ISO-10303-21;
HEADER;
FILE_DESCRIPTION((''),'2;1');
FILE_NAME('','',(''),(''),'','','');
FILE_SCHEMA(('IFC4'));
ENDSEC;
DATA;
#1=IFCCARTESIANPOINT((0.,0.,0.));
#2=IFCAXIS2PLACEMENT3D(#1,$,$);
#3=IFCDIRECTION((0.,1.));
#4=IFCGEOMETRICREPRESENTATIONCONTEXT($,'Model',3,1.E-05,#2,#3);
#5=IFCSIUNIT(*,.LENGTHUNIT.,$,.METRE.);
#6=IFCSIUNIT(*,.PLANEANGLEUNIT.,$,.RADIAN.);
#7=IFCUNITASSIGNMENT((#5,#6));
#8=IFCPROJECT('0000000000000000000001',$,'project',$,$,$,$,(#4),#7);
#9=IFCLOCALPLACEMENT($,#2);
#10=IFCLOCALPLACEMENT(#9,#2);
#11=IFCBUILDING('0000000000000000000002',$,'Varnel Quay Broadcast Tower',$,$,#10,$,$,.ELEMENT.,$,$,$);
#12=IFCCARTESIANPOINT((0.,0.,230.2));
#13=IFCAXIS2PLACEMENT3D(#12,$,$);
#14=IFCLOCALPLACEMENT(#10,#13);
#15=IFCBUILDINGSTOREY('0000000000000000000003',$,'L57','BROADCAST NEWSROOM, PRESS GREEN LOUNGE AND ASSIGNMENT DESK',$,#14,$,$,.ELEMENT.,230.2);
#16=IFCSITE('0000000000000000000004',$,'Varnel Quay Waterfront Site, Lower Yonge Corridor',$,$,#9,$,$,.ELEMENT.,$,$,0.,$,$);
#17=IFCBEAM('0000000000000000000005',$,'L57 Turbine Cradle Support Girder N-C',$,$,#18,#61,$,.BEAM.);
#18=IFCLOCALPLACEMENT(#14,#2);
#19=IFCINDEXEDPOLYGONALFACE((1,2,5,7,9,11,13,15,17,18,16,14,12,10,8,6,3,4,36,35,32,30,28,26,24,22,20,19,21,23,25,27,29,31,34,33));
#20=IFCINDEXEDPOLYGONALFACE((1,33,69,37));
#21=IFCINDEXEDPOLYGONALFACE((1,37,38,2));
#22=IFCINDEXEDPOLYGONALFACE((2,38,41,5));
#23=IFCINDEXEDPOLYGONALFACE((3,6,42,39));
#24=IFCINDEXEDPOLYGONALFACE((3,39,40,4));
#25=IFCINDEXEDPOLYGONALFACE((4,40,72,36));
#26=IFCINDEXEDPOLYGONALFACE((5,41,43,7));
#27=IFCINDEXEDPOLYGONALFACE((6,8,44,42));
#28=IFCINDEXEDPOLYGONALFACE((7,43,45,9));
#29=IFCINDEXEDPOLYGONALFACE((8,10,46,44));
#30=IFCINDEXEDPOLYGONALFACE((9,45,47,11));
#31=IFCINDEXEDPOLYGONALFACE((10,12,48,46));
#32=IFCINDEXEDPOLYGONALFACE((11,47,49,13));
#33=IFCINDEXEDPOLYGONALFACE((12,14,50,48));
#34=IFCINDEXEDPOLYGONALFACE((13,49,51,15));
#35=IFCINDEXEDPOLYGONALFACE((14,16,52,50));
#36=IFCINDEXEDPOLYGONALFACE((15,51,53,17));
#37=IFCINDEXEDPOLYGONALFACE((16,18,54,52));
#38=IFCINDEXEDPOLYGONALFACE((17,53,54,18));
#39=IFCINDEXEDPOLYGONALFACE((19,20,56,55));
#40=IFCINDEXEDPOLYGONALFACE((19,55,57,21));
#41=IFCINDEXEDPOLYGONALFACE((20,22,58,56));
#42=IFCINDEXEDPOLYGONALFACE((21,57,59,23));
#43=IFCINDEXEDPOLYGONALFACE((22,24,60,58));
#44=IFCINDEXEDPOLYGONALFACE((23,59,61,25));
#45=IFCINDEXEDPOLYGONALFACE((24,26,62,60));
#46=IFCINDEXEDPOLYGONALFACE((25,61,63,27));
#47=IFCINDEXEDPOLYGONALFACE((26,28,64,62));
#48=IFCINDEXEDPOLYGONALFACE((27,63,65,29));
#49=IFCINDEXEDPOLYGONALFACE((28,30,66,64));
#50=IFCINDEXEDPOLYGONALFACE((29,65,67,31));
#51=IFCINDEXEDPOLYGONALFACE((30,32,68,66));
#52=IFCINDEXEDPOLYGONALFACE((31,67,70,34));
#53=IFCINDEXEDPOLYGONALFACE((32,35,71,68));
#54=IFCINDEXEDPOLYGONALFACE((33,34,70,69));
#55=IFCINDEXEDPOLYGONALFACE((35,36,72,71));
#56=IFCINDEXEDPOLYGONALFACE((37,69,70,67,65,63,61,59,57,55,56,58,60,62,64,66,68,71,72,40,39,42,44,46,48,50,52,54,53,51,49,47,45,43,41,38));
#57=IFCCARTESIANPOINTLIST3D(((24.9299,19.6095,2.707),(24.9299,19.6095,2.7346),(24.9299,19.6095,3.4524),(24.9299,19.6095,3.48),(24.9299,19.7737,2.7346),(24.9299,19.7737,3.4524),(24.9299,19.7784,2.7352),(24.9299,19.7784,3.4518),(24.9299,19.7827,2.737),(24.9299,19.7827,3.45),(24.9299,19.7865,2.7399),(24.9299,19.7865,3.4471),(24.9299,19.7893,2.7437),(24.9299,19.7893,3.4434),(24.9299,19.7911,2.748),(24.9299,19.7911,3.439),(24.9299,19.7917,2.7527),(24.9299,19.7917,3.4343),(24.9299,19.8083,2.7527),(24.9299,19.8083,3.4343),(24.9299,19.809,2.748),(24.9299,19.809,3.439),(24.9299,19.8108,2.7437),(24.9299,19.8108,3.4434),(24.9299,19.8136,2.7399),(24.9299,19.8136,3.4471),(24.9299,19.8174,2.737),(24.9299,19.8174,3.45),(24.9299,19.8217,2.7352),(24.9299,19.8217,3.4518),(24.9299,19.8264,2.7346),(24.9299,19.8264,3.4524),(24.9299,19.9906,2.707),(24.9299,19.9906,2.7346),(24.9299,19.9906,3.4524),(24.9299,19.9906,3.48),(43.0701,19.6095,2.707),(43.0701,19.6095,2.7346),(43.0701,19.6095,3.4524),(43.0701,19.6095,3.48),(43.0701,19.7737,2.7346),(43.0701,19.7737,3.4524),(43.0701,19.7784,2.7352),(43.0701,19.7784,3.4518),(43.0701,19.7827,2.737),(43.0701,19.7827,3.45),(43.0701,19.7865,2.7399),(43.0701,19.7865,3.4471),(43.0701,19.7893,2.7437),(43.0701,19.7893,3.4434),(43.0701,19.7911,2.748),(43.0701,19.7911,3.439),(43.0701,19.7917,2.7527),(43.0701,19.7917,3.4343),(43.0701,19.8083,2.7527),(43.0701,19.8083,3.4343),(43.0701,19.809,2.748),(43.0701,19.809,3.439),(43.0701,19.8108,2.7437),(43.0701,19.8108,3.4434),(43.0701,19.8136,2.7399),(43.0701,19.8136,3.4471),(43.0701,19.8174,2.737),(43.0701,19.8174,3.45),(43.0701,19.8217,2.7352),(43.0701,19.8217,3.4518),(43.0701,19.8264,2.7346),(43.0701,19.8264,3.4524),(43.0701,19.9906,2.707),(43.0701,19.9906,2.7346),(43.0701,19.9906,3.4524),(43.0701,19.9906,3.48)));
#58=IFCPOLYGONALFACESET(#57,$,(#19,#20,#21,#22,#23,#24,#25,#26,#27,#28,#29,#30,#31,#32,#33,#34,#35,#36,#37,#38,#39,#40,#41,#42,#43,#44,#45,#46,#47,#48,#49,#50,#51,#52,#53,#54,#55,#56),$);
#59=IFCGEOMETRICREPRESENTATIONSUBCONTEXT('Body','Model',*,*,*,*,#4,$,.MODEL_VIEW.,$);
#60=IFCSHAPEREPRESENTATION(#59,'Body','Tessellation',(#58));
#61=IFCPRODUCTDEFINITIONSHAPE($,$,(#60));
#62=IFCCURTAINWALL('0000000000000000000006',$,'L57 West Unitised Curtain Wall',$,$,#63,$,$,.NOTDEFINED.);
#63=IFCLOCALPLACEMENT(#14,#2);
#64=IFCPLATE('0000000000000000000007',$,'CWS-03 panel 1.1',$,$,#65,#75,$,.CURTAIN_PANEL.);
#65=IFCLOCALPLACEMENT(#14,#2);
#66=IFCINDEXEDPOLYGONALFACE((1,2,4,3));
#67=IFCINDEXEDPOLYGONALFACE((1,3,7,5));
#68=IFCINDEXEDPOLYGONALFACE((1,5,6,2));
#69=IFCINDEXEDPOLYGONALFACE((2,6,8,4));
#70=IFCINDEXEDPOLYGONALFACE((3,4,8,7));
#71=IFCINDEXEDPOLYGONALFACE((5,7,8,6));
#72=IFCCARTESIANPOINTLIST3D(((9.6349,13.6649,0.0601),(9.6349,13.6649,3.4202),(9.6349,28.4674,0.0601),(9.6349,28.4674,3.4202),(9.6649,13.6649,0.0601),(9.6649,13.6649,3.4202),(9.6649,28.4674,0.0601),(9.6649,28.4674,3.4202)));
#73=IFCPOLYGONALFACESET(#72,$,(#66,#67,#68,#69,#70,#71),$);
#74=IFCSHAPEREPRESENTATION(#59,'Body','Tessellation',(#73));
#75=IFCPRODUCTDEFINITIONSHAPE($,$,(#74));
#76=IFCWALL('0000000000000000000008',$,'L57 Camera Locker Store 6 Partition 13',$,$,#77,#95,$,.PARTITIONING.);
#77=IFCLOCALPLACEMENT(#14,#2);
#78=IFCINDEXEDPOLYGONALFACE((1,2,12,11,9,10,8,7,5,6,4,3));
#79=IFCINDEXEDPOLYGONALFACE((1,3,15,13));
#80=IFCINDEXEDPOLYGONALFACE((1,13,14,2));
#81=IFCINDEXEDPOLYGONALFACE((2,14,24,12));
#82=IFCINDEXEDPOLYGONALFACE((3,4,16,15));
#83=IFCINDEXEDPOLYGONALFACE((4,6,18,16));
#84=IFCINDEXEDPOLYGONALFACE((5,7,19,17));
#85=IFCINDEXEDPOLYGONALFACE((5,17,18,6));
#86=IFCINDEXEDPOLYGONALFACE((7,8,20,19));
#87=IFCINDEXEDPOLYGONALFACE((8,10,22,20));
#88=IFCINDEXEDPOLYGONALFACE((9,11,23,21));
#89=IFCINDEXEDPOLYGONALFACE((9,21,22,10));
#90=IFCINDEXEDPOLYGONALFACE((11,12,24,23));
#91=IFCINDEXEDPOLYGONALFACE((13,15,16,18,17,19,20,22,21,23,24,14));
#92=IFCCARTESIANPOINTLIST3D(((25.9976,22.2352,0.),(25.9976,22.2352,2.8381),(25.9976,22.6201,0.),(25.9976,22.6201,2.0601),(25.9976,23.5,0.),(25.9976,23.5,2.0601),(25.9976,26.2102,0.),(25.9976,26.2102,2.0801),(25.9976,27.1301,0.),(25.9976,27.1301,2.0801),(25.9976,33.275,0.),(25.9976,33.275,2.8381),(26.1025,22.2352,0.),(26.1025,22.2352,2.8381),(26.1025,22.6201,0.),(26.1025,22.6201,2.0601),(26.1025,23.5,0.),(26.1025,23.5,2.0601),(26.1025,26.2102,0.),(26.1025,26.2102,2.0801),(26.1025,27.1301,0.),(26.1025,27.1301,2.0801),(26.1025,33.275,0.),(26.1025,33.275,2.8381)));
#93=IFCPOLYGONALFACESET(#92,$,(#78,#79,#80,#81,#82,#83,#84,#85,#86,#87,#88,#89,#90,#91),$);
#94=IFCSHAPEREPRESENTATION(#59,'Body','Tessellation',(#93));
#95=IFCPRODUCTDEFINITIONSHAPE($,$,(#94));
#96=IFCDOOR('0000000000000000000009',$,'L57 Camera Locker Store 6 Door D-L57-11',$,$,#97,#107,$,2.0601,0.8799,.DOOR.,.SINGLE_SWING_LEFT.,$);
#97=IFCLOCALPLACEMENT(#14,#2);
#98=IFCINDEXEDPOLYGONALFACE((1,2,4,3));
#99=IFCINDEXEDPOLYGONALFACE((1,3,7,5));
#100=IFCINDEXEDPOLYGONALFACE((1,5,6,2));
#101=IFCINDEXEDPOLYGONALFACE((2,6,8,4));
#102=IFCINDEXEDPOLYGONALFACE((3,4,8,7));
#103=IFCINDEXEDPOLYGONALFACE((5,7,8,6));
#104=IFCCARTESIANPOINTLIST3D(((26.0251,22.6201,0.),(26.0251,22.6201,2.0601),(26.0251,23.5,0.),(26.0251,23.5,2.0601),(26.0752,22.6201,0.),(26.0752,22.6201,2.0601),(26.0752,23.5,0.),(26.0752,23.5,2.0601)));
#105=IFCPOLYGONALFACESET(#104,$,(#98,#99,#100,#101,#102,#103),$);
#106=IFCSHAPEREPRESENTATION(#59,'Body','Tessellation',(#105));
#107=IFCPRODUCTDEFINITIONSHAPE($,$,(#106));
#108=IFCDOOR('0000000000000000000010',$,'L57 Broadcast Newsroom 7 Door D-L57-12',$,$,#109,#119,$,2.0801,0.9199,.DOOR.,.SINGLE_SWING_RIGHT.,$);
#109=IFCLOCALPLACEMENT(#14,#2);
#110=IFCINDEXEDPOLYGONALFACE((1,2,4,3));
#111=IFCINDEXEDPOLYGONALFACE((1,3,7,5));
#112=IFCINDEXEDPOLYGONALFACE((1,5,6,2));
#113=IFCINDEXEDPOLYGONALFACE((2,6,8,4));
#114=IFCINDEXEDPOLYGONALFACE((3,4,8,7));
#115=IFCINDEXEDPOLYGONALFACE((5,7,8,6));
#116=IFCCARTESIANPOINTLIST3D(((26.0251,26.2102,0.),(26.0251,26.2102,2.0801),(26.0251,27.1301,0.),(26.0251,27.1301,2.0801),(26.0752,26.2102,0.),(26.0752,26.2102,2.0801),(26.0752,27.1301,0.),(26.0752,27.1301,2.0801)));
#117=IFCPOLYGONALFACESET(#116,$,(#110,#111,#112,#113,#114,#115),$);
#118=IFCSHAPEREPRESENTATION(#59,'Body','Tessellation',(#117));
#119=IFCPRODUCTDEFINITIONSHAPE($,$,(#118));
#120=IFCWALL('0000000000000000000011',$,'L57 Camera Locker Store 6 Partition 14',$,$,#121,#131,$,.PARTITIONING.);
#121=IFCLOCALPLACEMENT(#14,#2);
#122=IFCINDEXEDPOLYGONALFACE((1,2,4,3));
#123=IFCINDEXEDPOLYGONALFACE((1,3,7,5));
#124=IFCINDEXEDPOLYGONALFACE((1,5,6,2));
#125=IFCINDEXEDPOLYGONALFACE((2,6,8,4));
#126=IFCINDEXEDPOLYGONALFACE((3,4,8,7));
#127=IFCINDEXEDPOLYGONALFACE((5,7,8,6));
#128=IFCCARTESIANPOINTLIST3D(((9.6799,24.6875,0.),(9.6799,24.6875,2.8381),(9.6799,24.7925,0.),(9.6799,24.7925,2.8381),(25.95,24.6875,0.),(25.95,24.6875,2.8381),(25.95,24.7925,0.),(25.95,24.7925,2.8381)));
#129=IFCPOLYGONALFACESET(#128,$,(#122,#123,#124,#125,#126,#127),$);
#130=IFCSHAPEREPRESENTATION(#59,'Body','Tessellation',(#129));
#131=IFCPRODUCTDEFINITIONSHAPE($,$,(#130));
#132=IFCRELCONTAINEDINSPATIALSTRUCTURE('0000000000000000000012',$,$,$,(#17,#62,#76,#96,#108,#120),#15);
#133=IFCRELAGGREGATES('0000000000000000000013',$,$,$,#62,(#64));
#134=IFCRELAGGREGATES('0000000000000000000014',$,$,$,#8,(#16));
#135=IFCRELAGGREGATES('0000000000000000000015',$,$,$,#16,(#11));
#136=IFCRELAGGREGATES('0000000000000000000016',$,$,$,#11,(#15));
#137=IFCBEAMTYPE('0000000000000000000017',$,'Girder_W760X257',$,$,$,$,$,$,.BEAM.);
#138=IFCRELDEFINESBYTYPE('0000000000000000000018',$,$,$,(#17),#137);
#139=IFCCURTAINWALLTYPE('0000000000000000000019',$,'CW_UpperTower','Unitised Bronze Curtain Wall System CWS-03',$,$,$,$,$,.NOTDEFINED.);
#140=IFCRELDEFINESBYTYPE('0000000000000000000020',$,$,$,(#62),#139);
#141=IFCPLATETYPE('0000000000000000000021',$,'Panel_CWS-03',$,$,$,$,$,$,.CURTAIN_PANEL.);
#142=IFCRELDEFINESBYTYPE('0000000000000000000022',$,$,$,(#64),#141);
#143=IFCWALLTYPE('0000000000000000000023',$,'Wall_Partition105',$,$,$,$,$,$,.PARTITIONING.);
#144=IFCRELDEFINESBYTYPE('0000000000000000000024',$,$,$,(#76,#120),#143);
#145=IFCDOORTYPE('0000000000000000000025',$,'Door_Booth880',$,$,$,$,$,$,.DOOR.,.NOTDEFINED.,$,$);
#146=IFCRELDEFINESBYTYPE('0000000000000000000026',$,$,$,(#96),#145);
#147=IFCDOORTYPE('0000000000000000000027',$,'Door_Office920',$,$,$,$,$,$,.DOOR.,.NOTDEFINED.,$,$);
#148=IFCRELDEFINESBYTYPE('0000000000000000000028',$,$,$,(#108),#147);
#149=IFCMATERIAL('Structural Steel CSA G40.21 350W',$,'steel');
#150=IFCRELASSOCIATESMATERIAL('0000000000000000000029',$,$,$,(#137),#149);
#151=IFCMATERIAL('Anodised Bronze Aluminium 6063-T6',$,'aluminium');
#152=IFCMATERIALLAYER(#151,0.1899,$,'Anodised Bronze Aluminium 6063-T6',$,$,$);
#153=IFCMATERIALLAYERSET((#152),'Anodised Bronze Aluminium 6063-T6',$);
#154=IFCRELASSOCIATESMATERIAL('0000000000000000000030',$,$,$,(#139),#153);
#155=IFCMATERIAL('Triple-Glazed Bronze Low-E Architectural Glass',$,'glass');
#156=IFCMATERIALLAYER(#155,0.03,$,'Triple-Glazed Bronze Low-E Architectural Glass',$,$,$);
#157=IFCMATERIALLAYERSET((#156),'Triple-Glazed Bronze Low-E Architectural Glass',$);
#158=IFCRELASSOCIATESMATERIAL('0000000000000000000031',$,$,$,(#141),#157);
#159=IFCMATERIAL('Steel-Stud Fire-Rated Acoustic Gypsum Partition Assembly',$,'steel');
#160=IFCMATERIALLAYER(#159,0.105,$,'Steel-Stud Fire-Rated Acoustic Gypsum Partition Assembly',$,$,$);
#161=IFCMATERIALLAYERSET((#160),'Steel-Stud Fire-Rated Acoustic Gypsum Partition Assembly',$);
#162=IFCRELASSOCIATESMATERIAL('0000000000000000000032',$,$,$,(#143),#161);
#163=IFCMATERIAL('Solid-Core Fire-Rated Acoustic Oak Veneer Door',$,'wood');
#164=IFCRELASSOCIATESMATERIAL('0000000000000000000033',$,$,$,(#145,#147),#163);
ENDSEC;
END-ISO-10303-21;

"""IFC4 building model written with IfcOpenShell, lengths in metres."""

from ifc_helpers import new_model, si_unit, direction, frame, frame_2d, origin, origin_2d, place, context, subcontext, project, spatial, rectangle, i_section, extrude, source, transform, mapped, material, layer, layer_set, material_profile, profile_set, type_object, type_shapes, element, fill, aggregate, save


model = new_model("IFC4")

# Units and contexts
model_context = context("Model", 3, precision=1e-05, world=origin(), true_north=direction((0.0, 1.0)))
body_context = subcontext(model_context, "Body", "Model", "MODEL_VIEW")
ifc_project = project(units=[si_unit("LENGTHUNIT", "METRE"), si_unit("PLANEANGLEUNIT", "RADIAN")], contexts=[model_context])

# Site, building, storey
site_placement = place(None, origin())
site = spatial("IfcSite", under=ifc_project, at=site_placement, Name="Varnel Quay Waterfront Site, Lower Yonge Corridor", CompositionType="ELEMENT", RefElevation=0.0)
building_placement = place(site_placement, origin())
building = spatial("IfcBuilding", under=site, at=building_placement, Name="Varnel Quay Broadcast Tower", CompositionType="ELEMENT")
storey_placement = place(building_placement, frame((0.0, 0.0, 230.2)))
storey = spatial("IfcBuildingStorey", under=building, at=storey_placement, Name="L57", Description="BROADCAST NEWSROOM, PRESS GREEN LOUNGE AND ASSIGNMENT DESK", CompositionType="ELEMENT", Elevation=230.2)

# Shared definitions
ifc_material_1 = material(Name="Structural Steel CSA G40.21 350W", Category="steel")

# Beam
ifc_material_profile_1 = material_profile(ifc_material_1, i_section(OverallWidth=0.3811, OverallDepth=0.7729, WebThickness=0.0166, FlangeThickness=0.0276, FilletRadius=0.0181, at=origin_2d()), Name="W760X257")
ifc_profile_set_1 = profile_set([ifc_material_profile_1], Name="Structural Steel CSA G40.21 350W")
beam_type_1 = type_object("IfcBeamType", Name="Girder_W760X257", PredefinedType="BEAM", material=ifc_profile_set_1)
shared_shape_1 = source(origin(), body_context, "Body", "SweptSolid", [
    extrude(i_section(OverallWidth=0.3811, OverallDepth=0.7729, WebThickness=0.0166, FlangeThickness=0.0276, FilletRadius=0.0181, at=origin_2d()), origin(), (0.0, 0.0, 1.0), 18.1401),
])
beam_1_placement = place(storey_placement, frame((24.9299, 19.8, 3.0935), z_axis=(1.0, 0.0, 0.0), x_axis=(0.0, 1.0, 0.0)))
element("IfcBeam", 1, at=beam_1_placement, inside=storey, type_object=beam_type_1, Name="L57 Turbine Cradle Support Girder N-C", PredefinedType="BEAM", context=body_context, shape_type="MappedRepresentation", body=[
    mapped(shared_shape_1, transform((0.0, 0.0, 0.0), x_axis=(1.0, 0.0, 0.0), y_axis=(0.0, 1.0, 0.0), z_axis=(0.0, 0.0, 1.0), scale=1.0)),
])

# Curtain wall, plate
ifc_material_2 = material(Name="Anodised Bronze Aluminium 6063-T6", Category="aluminium")
ifc_layer_1 = layer(ifc_material_2, 0.1899, Name="Anodised Bronze Aluminium 6063-T6")
ifc_layer_set_1 = layer_set([ifc_layer_1], Name="Anodised Bronze Aluminium 6063-T6")
curtain_wall_type = type_object("IfcCurtainWallType", Name="CW_UpperTower", Description="Unitised Bronze Curtain Wall System CWS-03", PredefinedType="NOTDEFINED", material=ifc_layer_set_1)
curtain_wall_placement = place(storey_placement, origin())
curtain_wall = element("IfcCurtainWall", 2, at=curtain_wall_placement, inside=storey, type_object=curtain_wall_type, Name="L57 West Unitised Curtain Wall", PredefinedType="NOTDEFINED")
ifc_material_3 = material(Name="Triple-Glazed Bronze Low-E Architectural Glass", Category="glass")
ifc_layer_2 = layer(ifc_material_3, 0.03, Name="Triple-Glazed Bronze Low-E Architectural Glass")
ifc_layer_set_2 = layer_set([ifc_layer_2], Name="Triple-Glazed Bronze Low-E Architectural Glass")
plate_type = type_object("IfcPlateType", Name="Panel_CWS-03", PredefinedType="CURTAIN_PANEL", material=ifc_layer_set_2)
shared_shape_2 = source(origin(), body_context, "Body", "SweptSolid", [
    extrude(rectangle(XDim=14.8025, YDim=0.03, at=origin_2d()), origin(), (0.0, 0.0, 1.0), 3.3601),
])
type_shapes(plate_type, [shared_shape_2])
plate_placement = place(storey_placement, frame((9.6499, 21.0662, 0.0601), z_axis=(0.0, 0.0, 1.0), x_axis=(0.0, 1.0, 0.0)))
plate = element("IfcPlate", 3, at=plate_placement, type_object=plate_type, Name="CWS-03 panel 1.1", PredefinedType="CURTAIN_PANEL", context=body_context, shape_type="MappedRepresentation", body=[
    mapped(shared_shape_2, transform((0.0, 0.0, 0.0), x_axis=(1.0, 0.0, 0.0), y_axis=(0.0, 1.0, 0.0), z_axis=(0.0, 0.0, 1.0), scale=1.0)),
])
aggregate(curtain_wall, [plate])

# Wall, openings, doors
ifc_material_4 = material(Name="Steel-Stud Fire-Rated Acoustic Gypsum Partition Assembly", Category="steel")
ifc_layer_3 = layer(ifc_material_4, 0.105, Name="Steel-Stud Fire-Rated Acoustic Gypsum Partition Assembly")
ifc_layer_set_3 = layer_set([ifc_layer_3], Name="Steel-Stud Fire-Rated Acoustic Gypsum Partition Assembly")
wall_type_1 = type_object("IfcWallType", Name="Wall_Partition105", PredefinedType="PARTITIONING", material=ifc_layer_set_3)
wall_1_placement = place(storey_placement, frame((26.05, 22.2351, 0.0), z_axis=(0.0, 0.0, 1.0), x_axis=(0.0, 1.0, 0.0)))
wall_1 = element("IfcWall", 4, at=wall_1_placement, inside=storey, type_object=wall_type_1, Name="L57 Camera Locker Store 6 Partition 13", PredefinedType="PARTITIONING", context=body_context, shape_type="SweptSolid", body=[
    extrude(rectangle(XDim=11.0398, YDim=0.105, at=frame_2d((5.52, 0.0))), origin(), (0.0, 0.0, 1.0), 2.8381),
])
opening_1_placement = place(wall_1_placement, frame((0.385, 0.0, 0.0)))
opening_1 = element("IfcOpeningElement", 5, at=opening_1_placement, cuts=wall_1, PredefinedType="OPENING", context=body_context, shape_type="SweptSolid", body=[
    extrude(rectangle(XDim=0.8799, YDim=2.0601, at=frame_2d((0.4399, 1.03))), frame((0.0, 0.0625, 0.0), z_axis=(0.0, -1.0, 0.0), x_axis=(1.0, 0.0, 0.0)), (0.0, 0.0, 1.0), 0.125),
])
opening_2_placement = place(wall_1_placement, frame((3.9751, 0.0, 0.0)))
opening_2 = element("IfcOpeningElement", 6, at=opening_2_placement, cuts=wall_1, PredefinedType="OPENING", context=body_context, shape_type="SweptSolid", body=[
    extrude(rectangle(XDim=0.9199, YDim=2.0801, at=frame_2d((0.46, 1.04))), frame((0.0, 0.0625, 0.0), z_axis=(0.0, -1.0, 0.0), x_axis=(1.0, 0.0, 0.0)), (0.0, 0.0, 1.0), 0.125),
])
ifc_material_5 = material(Name="Solid-Core Fire-Rated Acoustic Oak Veneer Door", Category="wood")
door_type_1 = type_object("IfcDoorType", Name="Door_Booth880", OperationType="NOTDEFINED", PredefinedType="DOOR", material=ifc_material_5)
shared_shape_3 = source(origin(), body_context, "Body", "SweptSolid", [
    extrude(rectangle(XDim=0.8799, YDim=2.0601, at=frame_2d((0.4399, 1.03))), frame((0.0, 0.0249, 0.0), z_axis=(0.0, -1.0, 0.0), x_axis=(1.0, 0.0, 0.0)), (0.0, 0.0, 1.0), 0.05),
])
type_shapes(door_type_1, [shared_shape_3])
door_1_placement = place(opening_1_placement, origin())
door_1 = element("IfcDoor", 7, at=door_1_placement, inside=storey, type_object=door_type_1, Name="L57 Camera Locker Store 6 Door D-L57-11", OperationType="SINGLE_SWING_LEFT", OverallHeight=2.0601, OverallWidth=0.8799, PredefinedType="DOOR", context=body_context, shape_type="MappedRepresentation", body=[
    mapped(shared_shape_3, transform((0.0, 0.0, 0.0), x_axis=(1.0, 0.0, 0.0), y_axis=(0.0, 1.0, 0.0), z_axis=(0.0, 0.0, 1.0), scale=1.0)),
])
fill(opening_1, door_1)
door_type_2 = type_object("IfcDoorType", Name="Door_Office920", OperationType="NOTDEFINED", PredefinedType="DOOR", material=ifc_material_5)
shared_shape_4 = source(origin(), body_context, "Body", "SweptSolid", [
    extrude(rectangle(XDim=0.9199, YDim=2.0801, at=frame_2d((0.46, 1.04))), frame((0.0, 0.0249, 0.0), z_axis=(0.0, -1.0, 0.0), x_axis=(1.0, 0.0, 0.0)), (0.0, 0.0, 1.0), 0.05),
])
type_shapes(door_type_2, [shared_shape_4])
door_2_placement = place(opening_2_placement, origin())
door_2 = element("IfcDoor", 8, at=door_2_placement, inside=storey, type_object=door_type_2, Name="L57 Broadcast Newsroom 7 Door D-L57-12", OperationType="SINGLE_SWING_RIGHT", OverallHeight=2.0801, OverallWidth=0.9199, PredefinedType="DOOR", context=body_context, shape_type="MappedRepresentation", body=[
    mapped(shared_shape_4, transform((0.0, 0.0, 0.0), x_axis=(1.0, 0.0, 0.0), y_axis=(0.0, 1.0, 0.0), z_axis=(0.0, 0.0, 1.0), scale=1.0)),
])
fill(opening_2, door_2)

# Wall
wall_2_placement = place(storey_placement, frame((9.6799, 24.74, 0.0), z_axis=(0.0, 0.0, 1.0), x_axis=(1.0, 0.0, 0.0)))
element("IfcWall", 9, at=wall_2_placement, inside=storey, type_object=wall_type_1, Name="L57 Camera Locker Store 6 Partition 14", PredefinedType="PARTITIONING", context=body_context, shape_type="SweptSolid", body=[
    extrude(rectangle(XDim=16.27, YDim=0.105, at=frame_2d((8.135, 0.0))), origin(), (0.0, 0.0, 1.0), 2.8381),
])

save(model, "model.ifc")
